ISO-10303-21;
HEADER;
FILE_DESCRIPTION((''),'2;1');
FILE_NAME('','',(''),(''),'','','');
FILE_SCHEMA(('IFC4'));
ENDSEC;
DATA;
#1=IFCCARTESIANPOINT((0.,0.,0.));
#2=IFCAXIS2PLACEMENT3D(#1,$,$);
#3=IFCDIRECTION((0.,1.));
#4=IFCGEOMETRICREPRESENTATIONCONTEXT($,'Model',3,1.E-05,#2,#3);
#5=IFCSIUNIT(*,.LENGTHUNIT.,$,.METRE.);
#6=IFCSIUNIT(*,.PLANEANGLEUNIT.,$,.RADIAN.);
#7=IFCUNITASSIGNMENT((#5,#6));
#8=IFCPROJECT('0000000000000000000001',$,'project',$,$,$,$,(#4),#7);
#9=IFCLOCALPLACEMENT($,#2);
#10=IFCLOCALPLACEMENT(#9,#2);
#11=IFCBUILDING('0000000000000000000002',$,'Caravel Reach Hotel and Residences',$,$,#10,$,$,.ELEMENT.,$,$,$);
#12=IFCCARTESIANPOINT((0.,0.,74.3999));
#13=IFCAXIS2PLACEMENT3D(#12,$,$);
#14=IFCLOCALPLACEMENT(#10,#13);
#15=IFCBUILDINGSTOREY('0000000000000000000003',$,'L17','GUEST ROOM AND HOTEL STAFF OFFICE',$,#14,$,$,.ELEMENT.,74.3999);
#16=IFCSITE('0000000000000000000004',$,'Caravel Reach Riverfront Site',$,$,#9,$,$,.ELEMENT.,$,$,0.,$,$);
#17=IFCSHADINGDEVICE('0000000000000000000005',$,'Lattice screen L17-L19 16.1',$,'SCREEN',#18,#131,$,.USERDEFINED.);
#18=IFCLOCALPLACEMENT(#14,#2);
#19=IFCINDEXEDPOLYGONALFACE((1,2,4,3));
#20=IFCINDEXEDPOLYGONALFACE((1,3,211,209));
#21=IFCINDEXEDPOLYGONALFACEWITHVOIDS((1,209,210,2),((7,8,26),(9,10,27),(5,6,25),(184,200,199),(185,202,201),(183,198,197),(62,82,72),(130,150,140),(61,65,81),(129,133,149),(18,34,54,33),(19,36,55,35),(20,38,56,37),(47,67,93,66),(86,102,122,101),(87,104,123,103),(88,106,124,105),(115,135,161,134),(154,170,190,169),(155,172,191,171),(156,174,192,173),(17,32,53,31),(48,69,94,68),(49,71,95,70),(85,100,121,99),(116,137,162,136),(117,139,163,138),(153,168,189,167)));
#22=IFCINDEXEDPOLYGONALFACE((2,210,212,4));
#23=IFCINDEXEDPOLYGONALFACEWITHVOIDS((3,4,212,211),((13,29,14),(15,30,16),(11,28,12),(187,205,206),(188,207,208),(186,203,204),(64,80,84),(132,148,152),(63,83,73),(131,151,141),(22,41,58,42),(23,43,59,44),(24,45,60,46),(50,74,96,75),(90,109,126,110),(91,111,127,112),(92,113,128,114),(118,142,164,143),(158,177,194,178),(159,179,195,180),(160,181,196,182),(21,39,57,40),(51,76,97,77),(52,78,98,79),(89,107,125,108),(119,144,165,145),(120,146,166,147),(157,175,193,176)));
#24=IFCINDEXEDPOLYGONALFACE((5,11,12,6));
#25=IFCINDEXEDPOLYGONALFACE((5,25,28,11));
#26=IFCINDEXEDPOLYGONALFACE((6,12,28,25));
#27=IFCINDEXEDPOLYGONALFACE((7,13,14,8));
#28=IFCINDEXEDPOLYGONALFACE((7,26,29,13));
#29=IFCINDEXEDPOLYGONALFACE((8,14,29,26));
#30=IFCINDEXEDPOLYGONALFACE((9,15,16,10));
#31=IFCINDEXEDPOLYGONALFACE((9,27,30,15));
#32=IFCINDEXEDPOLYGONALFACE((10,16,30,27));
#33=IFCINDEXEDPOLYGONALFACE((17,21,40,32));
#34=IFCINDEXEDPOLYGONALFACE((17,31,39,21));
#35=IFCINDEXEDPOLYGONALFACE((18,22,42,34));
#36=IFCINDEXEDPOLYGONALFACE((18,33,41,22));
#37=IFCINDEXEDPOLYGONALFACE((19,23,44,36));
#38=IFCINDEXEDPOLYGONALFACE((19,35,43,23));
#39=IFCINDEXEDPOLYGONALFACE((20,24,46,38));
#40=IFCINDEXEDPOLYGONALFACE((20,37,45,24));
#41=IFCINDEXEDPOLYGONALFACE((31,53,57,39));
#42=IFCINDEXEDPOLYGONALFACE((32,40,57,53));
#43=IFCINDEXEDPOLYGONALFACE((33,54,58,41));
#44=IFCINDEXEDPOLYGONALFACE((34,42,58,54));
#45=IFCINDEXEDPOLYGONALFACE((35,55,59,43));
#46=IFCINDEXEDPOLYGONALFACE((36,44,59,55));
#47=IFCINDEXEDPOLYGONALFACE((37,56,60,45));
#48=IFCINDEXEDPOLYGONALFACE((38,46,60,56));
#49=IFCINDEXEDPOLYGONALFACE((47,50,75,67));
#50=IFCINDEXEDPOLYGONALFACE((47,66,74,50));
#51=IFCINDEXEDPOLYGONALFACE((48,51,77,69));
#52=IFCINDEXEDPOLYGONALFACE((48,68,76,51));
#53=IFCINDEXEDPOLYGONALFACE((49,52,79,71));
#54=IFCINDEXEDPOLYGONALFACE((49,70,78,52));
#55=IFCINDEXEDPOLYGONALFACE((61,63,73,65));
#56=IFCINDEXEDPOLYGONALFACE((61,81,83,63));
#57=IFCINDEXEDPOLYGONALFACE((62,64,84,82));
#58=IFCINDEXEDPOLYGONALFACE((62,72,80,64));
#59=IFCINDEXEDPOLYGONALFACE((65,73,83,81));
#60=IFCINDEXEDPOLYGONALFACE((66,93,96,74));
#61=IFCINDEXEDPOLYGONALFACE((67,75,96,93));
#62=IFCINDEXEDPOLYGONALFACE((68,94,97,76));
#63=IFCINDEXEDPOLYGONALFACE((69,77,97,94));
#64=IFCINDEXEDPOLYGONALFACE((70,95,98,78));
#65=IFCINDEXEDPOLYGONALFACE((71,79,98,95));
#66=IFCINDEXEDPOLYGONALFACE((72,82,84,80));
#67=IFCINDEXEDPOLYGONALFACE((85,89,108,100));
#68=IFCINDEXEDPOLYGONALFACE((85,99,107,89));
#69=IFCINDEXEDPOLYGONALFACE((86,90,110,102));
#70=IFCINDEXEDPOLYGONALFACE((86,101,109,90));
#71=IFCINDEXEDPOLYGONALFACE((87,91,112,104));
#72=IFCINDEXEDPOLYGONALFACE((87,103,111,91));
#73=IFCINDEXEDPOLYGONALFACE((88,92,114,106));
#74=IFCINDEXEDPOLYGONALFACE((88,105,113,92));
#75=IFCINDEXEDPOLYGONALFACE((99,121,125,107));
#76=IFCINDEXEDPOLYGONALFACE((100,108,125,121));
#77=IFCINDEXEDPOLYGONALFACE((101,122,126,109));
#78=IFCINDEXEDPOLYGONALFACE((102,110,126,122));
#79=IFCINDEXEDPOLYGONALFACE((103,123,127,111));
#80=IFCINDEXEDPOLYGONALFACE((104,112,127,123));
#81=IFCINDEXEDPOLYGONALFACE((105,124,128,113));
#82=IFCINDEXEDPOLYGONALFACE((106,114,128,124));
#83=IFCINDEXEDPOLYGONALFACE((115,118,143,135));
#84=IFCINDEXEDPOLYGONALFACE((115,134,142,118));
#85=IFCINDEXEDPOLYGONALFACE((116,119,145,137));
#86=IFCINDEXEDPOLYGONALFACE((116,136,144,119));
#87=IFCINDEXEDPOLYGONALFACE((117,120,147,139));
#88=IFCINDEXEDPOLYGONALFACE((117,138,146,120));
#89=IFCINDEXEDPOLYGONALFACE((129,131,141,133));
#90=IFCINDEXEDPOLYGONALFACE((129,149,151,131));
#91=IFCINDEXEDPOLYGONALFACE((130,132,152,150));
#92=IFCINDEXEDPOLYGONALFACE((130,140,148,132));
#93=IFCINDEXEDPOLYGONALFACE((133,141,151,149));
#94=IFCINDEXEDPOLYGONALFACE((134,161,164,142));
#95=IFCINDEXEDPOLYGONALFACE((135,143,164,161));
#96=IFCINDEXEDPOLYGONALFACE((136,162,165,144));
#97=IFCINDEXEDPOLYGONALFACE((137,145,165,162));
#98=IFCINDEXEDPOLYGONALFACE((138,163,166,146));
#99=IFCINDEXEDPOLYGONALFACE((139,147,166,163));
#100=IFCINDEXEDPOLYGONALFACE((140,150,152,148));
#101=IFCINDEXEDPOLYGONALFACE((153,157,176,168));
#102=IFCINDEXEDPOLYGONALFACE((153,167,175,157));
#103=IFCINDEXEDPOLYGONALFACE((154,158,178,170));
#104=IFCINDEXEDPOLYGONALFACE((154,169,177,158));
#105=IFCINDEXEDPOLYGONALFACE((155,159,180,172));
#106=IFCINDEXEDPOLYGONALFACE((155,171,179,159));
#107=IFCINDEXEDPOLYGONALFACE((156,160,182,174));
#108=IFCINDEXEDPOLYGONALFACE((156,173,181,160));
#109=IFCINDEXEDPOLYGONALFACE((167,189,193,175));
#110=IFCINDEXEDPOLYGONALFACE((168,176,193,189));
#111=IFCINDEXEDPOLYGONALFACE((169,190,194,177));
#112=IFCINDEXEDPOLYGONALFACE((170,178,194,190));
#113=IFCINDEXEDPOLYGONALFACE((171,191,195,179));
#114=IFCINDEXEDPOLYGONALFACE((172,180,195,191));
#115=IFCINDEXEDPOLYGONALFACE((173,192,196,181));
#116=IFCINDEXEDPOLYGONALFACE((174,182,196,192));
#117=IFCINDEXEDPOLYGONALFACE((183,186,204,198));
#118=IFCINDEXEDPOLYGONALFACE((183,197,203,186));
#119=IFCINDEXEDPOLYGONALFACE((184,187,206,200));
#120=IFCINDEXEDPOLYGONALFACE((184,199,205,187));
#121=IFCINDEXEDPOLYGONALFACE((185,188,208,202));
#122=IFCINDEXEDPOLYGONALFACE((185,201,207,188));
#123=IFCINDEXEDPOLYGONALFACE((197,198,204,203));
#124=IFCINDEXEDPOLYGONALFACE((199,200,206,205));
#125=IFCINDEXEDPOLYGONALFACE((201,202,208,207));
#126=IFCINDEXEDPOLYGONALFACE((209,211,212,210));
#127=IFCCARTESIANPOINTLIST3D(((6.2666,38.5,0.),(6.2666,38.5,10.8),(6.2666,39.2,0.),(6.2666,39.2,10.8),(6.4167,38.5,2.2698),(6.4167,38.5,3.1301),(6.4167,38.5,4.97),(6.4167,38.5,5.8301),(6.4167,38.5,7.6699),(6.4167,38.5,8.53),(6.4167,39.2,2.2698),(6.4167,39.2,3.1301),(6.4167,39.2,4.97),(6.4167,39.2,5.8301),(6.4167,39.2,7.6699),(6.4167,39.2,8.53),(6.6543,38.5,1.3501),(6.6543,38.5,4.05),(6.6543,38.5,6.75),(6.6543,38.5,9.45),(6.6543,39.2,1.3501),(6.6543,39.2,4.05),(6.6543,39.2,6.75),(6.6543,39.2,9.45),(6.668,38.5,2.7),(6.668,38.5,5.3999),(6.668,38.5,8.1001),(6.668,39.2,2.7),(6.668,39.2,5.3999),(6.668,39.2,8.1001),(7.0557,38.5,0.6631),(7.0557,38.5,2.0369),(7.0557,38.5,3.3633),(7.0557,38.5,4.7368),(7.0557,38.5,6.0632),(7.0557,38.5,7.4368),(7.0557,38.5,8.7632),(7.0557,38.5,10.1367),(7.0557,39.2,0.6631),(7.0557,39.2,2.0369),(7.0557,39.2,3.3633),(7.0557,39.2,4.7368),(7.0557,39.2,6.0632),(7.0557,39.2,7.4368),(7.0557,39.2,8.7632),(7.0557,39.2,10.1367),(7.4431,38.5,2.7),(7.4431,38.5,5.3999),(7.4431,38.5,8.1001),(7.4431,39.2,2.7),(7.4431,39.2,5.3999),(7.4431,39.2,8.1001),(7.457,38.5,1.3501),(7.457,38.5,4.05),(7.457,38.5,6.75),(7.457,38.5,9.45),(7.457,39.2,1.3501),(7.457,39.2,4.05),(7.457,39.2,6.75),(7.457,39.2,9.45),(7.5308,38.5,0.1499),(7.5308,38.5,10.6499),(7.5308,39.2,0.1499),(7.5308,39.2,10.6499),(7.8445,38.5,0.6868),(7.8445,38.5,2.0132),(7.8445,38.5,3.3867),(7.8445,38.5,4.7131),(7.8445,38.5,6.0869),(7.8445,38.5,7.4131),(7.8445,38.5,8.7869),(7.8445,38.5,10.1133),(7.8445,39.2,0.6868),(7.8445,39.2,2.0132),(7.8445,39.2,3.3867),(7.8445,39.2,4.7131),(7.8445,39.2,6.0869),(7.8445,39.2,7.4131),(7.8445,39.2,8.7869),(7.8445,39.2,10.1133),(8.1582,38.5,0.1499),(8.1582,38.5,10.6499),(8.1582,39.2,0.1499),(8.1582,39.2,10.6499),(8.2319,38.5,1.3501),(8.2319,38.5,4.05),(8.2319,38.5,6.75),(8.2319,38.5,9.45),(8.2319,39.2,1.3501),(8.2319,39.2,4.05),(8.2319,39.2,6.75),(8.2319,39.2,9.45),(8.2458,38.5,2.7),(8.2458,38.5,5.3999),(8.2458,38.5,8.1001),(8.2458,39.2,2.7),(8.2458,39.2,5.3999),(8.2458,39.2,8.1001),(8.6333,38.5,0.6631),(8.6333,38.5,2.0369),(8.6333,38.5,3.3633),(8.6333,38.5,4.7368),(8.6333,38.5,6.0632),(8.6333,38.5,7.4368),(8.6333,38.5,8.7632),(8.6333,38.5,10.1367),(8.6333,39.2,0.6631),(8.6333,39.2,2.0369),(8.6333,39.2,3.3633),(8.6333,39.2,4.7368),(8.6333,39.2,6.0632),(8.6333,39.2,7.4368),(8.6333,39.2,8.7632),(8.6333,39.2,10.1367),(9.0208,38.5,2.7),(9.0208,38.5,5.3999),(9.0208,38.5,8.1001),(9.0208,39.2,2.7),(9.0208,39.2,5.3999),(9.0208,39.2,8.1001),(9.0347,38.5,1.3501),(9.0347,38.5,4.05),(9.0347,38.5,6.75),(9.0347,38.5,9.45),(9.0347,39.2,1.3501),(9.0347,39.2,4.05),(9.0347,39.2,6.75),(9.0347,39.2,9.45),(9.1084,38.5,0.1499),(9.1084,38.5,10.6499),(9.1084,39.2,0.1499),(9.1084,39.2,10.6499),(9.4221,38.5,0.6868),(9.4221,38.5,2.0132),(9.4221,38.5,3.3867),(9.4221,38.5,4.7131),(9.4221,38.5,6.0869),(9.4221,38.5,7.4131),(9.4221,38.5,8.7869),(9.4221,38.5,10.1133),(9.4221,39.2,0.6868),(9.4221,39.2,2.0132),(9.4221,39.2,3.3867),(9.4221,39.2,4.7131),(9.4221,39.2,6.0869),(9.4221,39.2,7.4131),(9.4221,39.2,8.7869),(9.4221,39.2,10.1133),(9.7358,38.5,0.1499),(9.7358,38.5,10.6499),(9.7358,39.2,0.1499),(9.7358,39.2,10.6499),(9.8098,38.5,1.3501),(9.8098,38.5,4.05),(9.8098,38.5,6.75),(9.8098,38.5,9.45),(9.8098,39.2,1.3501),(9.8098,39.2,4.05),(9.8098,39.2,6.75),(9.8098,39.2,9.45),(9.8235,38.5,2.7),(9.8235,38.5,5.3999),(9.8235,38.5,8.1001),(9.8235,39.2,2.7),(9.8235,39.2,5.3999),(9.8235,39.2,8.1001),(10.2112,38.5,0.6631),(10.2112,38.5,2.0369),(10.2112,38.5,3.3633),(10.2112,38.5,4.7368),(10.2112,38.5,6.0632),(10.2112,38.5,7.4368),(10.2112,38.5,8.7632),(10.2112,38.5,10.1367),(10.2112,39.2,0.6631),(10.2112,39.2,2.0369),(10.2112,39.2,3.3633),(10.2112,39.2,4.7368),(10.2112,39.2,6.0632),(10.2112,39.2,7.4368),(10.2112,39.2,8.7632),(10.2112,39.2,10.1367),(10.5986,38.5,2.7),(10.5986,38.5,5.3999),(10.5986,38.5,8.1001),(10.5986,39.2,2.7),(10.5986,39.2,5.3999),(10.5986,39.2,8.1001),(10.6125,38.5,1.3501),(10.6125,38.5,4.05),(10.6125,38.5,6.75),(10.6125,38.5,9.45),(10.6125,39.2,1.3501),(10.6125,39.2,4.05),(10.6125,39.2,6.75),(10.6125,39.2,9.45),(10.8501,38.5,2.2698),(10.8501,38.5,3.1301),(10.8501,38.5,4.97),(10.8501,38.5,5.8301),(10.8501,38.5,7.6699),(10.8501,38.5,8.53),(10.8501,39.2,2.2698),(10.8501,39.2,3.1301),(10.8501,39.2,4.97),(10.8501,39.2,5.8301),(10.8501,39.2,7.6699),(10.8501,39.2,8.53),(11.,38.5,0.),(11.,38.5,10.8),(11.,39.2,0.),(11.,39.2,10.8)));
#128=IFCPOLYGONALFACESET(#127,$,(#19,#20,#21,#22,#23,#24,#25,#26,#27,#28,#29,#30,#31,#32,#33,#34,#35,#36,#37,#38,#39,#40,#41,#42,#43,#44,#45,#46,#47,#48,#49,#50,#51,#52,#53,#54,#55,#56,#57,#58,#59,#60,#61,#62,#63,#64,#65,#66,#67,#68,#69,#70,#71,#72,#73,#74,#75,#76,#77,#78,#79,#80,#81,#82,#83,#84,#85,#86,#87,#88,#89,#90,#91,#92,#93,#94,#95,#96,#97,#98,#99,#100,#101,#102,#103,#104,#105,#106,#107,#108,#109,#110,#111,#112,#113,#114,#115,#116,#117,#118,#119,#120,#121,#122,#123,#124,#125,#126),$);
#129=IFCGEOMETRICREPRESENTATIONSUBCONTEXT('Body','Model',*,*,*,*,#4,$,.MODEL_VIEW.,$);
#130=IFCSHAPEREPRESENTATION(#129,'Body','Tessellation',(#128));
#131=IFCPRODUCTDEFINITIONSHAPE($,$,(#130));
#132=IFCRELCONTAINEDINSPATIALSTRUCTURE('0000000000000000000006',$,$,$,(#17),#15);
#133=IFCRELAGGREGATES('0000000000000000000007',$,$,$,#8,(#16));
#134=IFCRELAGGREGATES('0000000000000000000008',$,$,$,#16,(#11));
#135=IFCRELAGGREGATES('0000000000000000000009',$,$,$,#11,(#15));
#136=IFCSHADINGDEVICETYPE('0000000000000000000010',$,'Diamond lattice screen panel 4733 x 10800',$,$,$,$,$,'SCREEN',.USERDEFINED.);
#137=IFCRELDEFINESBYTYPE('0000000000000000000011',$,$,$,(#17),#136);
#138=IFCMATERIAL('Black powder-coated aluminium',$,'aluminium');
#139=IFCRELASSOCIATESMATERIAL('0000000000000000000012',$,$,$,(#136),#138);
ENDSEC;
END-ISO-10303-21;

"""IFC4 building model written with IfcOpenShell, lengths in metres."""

from ifc_helpers import new_model, si_unit, direction, frame, origin, place, context, subcontext, project, spatial, polyline, outline, extrude, material, type_object, element, save


model = new_model("IFC4")

# Units and contexts
model_context = context("Model", 3, precision=1e-05, world=origin(), true_north=direction((0.0, 1.0)))
body_context = subcontext(model_context, "Body", "Model", "MODEL_VIEW")
ifc_project = project(units=[si_unit("LENGTHUNIT", "METRE"), si_unit("PLANEANGLEUNIT", "RADIAN")], contexts=[model_context])

# Site, building, storey
site_placement = place(None, origin())
site = spatial("IfcSite", under=ifc_project, at=site_placement, Name="Caravel Reach Riverfront Site", CompositionType="ELEMENT", RefElevation=0.0)
building_placement = place(site_placement, origin())
building = spatial("IfcBuilding", under=site, at=building_placement, Name="Caravel Reach Hotel and Residences", CompositionType="ELEMENT")
storey_placement = place(building_placement, frame((0.0, 0.0, 74.3999)))
storey = spatial("IfcBuildingStorey", under=building, at=storey_placement, Name="L17", Description="GUEST ROOM AND HOTEL STAFF OFFICE", CompositionType="ELEMENT", Elevation=74.3999)

# Shading device
ifc_material_1 = material(Name="Black powder-coated aluminium", Category="aluminium")
shading_device_type_1 = type_object("IfcShadingDeviceType", Name="Diamond lattice screen panel 4733 x 10800", ElementType="SCREEN", PredefinedType="USERDEFINED", material=ifc_material_1)
shading_device_1_placement = place(storey_placement, frame((11.0, 38.5, 0.0), z_axis=(0.0, 1.0, 0.0), x_axis=(-1.0, 0.0, 0.0)))
element("IfcShadingDevice", 1, at=shading_device_1_placement, inside=storey, type_object=shading_device_type_1, Name="Lattice screen L17-L19 16.1", ObjectType="SCREEN", PredefinedType="USERDEFINED", context=body_context, shape_type="SweptSolid", body=[
    extrude(outline(polyline([(0.0, 0.0), (4.7334, 0.0), (4.7334, 10.8), (0.0, 10.8), (0.0, 0.0)]), holes=[polyline([(0.4014, 2.7), (0.1499, 3.1301), (0.1499, 2.2698), (0.4014, 2.7)]), polyline([(0.4014, 5.3999), (0.1499, 5.8301), (0.1499, 4.97), (0.4014, 5.3999)]), polyline([(0.4014, 8.1001), (0.1499, 8.53), (0.1499, 7.6699), (0.4014, 8.1001)]), polyline([(0.7888, 2.0369), (0.3875, 1.3501), (0.7888, 0.6631), (1.1902, 1.3501), (0.7888, 2.0369)]), polyline([(0.7888, 4.7368), (0.3875, 4.05), (0.7888, 3.3633), (1.1902, 4.05), (0.7888, 4.7368)]), polyline([(0.7888, 7.4368), (0.3875, 6.75), (0.7888, 6.0632), (1.1902, 6.75), (0.7888, 7.4368)]), polyline([(0.7888, 10.1367), (0.3875, 9.45), (0.7888, 8.7632), (1.1902, 9.45), (0.7888, 10.1367)]), polyline([(1.5779, 0.6868), (1.2642, 0.1499), (1.8916, 0.1499), (1.5779, 0.6868)]), polyline([(1.5779, 3.3867), (1.1765, 2.7), (1.5779, 2.0132), (1.9792, 2.7), (1.5779, 3.3867)]), polyline([(1.5779, 6.0869), (1.1765, 5.3999), (1.5779, 4.7131), (1.9792, 5.3999), (1.5779, 6.0869)]), polyline([(1.5779, 8.7869), (1.1765, 8.1001), (1.5779, 7.4131), (1.9792, 8.1001), (1.5779, 8.7869)]), polyline([(1.5779, 10.1133), (1.8916, 10.6499), (1.2642, 10.6499), (1.5779, 10.1133)]), polyline([(2.3667, 2.0369), (1.9653, 1.3501), (2.3667, 0.6631), (2.7681, 1.3501), (2.3667, 2.0369)]), polyline([(2.3667, 4.7368), (1.9653, 4.05), (2.3667, 3.3633), (2.7681, 4.05), (2.3667, 4.7368)]), polyline([(2.3667, 7.4368), (1.9653, 6.75), (2.3667, 6.0632), (2.7681, 6.75), (2.3667, 7.4368)]), polyline([(2.3667, 10.1367), (1.9653, 9.45), (2.3667, 8.7632), (2.7681, 9.45), (2.3667, 10.1367)]), polyline([(3.1555, 0.6868), (2.8418, 0.1499), (3.4692, 0.1499), (3.1555, 0.6868)]), polyline([(3.1555, 3.3867), (2.7542, 2.7), (3.1555, 2.0132), (3.5569, 2.7), (3.1555, 3.3867)]), polyline([(3.1555, 6.0869), (2.7542, 5.3999), (3.1555, 4.7131), (3.5569, 5.3999), (3.1555, 6.0869)]), polyline([(3.1555, 8.7869), (2.7542, 8.1001), (3.1555, 7.4131), (3.5569, 8.1001), (3.1555, 8.7869)]), polyline([(3.1555, 10.1133), (3.4692, 10.6499), (2.8418, 10.6499), (3.1555, 10.1133)]), polyline([(3.9443, 2.0369), (3.543, 1.3501), (3.9443, 0.6631), (4.3457, 1.3501), (3.9443, 2.0369)]), polyline([(3.9443, 4.7368), (3.543, 4.05), (3.9443, 3.3633), (4.3457, 4.05), (3.9443, 4.7368)]), polyline([(3.9443, 7.4368), (3.543, 6.75), (3.9443, 6.0632), (4.3457, 6.75), (3.9443, 7.4368)]), polyline([(3.9443, 10.1367), (3.543, 9.45), (3.9443, 8.7632), (4.3457, 9.45), (3.9443, 10.1367)]), polyline([(4.332, 2.7), (4.5833, 2.2698), (4.5833, 3.1301), (4.332, 2.7)]), polyline([(4.332, 5.3999), (4.5833, 4.97), (4.5833, 5.8301), (4.332, 5.3999)]), polyline([(4.332, 8.1001), (4.5833, 7.6699), (4.5833, 8.53), (4.332, 8.1001)])]), origin(), (0.0, 0.0, 1.0), 0.7),
])

save(model, "model.ifc")
